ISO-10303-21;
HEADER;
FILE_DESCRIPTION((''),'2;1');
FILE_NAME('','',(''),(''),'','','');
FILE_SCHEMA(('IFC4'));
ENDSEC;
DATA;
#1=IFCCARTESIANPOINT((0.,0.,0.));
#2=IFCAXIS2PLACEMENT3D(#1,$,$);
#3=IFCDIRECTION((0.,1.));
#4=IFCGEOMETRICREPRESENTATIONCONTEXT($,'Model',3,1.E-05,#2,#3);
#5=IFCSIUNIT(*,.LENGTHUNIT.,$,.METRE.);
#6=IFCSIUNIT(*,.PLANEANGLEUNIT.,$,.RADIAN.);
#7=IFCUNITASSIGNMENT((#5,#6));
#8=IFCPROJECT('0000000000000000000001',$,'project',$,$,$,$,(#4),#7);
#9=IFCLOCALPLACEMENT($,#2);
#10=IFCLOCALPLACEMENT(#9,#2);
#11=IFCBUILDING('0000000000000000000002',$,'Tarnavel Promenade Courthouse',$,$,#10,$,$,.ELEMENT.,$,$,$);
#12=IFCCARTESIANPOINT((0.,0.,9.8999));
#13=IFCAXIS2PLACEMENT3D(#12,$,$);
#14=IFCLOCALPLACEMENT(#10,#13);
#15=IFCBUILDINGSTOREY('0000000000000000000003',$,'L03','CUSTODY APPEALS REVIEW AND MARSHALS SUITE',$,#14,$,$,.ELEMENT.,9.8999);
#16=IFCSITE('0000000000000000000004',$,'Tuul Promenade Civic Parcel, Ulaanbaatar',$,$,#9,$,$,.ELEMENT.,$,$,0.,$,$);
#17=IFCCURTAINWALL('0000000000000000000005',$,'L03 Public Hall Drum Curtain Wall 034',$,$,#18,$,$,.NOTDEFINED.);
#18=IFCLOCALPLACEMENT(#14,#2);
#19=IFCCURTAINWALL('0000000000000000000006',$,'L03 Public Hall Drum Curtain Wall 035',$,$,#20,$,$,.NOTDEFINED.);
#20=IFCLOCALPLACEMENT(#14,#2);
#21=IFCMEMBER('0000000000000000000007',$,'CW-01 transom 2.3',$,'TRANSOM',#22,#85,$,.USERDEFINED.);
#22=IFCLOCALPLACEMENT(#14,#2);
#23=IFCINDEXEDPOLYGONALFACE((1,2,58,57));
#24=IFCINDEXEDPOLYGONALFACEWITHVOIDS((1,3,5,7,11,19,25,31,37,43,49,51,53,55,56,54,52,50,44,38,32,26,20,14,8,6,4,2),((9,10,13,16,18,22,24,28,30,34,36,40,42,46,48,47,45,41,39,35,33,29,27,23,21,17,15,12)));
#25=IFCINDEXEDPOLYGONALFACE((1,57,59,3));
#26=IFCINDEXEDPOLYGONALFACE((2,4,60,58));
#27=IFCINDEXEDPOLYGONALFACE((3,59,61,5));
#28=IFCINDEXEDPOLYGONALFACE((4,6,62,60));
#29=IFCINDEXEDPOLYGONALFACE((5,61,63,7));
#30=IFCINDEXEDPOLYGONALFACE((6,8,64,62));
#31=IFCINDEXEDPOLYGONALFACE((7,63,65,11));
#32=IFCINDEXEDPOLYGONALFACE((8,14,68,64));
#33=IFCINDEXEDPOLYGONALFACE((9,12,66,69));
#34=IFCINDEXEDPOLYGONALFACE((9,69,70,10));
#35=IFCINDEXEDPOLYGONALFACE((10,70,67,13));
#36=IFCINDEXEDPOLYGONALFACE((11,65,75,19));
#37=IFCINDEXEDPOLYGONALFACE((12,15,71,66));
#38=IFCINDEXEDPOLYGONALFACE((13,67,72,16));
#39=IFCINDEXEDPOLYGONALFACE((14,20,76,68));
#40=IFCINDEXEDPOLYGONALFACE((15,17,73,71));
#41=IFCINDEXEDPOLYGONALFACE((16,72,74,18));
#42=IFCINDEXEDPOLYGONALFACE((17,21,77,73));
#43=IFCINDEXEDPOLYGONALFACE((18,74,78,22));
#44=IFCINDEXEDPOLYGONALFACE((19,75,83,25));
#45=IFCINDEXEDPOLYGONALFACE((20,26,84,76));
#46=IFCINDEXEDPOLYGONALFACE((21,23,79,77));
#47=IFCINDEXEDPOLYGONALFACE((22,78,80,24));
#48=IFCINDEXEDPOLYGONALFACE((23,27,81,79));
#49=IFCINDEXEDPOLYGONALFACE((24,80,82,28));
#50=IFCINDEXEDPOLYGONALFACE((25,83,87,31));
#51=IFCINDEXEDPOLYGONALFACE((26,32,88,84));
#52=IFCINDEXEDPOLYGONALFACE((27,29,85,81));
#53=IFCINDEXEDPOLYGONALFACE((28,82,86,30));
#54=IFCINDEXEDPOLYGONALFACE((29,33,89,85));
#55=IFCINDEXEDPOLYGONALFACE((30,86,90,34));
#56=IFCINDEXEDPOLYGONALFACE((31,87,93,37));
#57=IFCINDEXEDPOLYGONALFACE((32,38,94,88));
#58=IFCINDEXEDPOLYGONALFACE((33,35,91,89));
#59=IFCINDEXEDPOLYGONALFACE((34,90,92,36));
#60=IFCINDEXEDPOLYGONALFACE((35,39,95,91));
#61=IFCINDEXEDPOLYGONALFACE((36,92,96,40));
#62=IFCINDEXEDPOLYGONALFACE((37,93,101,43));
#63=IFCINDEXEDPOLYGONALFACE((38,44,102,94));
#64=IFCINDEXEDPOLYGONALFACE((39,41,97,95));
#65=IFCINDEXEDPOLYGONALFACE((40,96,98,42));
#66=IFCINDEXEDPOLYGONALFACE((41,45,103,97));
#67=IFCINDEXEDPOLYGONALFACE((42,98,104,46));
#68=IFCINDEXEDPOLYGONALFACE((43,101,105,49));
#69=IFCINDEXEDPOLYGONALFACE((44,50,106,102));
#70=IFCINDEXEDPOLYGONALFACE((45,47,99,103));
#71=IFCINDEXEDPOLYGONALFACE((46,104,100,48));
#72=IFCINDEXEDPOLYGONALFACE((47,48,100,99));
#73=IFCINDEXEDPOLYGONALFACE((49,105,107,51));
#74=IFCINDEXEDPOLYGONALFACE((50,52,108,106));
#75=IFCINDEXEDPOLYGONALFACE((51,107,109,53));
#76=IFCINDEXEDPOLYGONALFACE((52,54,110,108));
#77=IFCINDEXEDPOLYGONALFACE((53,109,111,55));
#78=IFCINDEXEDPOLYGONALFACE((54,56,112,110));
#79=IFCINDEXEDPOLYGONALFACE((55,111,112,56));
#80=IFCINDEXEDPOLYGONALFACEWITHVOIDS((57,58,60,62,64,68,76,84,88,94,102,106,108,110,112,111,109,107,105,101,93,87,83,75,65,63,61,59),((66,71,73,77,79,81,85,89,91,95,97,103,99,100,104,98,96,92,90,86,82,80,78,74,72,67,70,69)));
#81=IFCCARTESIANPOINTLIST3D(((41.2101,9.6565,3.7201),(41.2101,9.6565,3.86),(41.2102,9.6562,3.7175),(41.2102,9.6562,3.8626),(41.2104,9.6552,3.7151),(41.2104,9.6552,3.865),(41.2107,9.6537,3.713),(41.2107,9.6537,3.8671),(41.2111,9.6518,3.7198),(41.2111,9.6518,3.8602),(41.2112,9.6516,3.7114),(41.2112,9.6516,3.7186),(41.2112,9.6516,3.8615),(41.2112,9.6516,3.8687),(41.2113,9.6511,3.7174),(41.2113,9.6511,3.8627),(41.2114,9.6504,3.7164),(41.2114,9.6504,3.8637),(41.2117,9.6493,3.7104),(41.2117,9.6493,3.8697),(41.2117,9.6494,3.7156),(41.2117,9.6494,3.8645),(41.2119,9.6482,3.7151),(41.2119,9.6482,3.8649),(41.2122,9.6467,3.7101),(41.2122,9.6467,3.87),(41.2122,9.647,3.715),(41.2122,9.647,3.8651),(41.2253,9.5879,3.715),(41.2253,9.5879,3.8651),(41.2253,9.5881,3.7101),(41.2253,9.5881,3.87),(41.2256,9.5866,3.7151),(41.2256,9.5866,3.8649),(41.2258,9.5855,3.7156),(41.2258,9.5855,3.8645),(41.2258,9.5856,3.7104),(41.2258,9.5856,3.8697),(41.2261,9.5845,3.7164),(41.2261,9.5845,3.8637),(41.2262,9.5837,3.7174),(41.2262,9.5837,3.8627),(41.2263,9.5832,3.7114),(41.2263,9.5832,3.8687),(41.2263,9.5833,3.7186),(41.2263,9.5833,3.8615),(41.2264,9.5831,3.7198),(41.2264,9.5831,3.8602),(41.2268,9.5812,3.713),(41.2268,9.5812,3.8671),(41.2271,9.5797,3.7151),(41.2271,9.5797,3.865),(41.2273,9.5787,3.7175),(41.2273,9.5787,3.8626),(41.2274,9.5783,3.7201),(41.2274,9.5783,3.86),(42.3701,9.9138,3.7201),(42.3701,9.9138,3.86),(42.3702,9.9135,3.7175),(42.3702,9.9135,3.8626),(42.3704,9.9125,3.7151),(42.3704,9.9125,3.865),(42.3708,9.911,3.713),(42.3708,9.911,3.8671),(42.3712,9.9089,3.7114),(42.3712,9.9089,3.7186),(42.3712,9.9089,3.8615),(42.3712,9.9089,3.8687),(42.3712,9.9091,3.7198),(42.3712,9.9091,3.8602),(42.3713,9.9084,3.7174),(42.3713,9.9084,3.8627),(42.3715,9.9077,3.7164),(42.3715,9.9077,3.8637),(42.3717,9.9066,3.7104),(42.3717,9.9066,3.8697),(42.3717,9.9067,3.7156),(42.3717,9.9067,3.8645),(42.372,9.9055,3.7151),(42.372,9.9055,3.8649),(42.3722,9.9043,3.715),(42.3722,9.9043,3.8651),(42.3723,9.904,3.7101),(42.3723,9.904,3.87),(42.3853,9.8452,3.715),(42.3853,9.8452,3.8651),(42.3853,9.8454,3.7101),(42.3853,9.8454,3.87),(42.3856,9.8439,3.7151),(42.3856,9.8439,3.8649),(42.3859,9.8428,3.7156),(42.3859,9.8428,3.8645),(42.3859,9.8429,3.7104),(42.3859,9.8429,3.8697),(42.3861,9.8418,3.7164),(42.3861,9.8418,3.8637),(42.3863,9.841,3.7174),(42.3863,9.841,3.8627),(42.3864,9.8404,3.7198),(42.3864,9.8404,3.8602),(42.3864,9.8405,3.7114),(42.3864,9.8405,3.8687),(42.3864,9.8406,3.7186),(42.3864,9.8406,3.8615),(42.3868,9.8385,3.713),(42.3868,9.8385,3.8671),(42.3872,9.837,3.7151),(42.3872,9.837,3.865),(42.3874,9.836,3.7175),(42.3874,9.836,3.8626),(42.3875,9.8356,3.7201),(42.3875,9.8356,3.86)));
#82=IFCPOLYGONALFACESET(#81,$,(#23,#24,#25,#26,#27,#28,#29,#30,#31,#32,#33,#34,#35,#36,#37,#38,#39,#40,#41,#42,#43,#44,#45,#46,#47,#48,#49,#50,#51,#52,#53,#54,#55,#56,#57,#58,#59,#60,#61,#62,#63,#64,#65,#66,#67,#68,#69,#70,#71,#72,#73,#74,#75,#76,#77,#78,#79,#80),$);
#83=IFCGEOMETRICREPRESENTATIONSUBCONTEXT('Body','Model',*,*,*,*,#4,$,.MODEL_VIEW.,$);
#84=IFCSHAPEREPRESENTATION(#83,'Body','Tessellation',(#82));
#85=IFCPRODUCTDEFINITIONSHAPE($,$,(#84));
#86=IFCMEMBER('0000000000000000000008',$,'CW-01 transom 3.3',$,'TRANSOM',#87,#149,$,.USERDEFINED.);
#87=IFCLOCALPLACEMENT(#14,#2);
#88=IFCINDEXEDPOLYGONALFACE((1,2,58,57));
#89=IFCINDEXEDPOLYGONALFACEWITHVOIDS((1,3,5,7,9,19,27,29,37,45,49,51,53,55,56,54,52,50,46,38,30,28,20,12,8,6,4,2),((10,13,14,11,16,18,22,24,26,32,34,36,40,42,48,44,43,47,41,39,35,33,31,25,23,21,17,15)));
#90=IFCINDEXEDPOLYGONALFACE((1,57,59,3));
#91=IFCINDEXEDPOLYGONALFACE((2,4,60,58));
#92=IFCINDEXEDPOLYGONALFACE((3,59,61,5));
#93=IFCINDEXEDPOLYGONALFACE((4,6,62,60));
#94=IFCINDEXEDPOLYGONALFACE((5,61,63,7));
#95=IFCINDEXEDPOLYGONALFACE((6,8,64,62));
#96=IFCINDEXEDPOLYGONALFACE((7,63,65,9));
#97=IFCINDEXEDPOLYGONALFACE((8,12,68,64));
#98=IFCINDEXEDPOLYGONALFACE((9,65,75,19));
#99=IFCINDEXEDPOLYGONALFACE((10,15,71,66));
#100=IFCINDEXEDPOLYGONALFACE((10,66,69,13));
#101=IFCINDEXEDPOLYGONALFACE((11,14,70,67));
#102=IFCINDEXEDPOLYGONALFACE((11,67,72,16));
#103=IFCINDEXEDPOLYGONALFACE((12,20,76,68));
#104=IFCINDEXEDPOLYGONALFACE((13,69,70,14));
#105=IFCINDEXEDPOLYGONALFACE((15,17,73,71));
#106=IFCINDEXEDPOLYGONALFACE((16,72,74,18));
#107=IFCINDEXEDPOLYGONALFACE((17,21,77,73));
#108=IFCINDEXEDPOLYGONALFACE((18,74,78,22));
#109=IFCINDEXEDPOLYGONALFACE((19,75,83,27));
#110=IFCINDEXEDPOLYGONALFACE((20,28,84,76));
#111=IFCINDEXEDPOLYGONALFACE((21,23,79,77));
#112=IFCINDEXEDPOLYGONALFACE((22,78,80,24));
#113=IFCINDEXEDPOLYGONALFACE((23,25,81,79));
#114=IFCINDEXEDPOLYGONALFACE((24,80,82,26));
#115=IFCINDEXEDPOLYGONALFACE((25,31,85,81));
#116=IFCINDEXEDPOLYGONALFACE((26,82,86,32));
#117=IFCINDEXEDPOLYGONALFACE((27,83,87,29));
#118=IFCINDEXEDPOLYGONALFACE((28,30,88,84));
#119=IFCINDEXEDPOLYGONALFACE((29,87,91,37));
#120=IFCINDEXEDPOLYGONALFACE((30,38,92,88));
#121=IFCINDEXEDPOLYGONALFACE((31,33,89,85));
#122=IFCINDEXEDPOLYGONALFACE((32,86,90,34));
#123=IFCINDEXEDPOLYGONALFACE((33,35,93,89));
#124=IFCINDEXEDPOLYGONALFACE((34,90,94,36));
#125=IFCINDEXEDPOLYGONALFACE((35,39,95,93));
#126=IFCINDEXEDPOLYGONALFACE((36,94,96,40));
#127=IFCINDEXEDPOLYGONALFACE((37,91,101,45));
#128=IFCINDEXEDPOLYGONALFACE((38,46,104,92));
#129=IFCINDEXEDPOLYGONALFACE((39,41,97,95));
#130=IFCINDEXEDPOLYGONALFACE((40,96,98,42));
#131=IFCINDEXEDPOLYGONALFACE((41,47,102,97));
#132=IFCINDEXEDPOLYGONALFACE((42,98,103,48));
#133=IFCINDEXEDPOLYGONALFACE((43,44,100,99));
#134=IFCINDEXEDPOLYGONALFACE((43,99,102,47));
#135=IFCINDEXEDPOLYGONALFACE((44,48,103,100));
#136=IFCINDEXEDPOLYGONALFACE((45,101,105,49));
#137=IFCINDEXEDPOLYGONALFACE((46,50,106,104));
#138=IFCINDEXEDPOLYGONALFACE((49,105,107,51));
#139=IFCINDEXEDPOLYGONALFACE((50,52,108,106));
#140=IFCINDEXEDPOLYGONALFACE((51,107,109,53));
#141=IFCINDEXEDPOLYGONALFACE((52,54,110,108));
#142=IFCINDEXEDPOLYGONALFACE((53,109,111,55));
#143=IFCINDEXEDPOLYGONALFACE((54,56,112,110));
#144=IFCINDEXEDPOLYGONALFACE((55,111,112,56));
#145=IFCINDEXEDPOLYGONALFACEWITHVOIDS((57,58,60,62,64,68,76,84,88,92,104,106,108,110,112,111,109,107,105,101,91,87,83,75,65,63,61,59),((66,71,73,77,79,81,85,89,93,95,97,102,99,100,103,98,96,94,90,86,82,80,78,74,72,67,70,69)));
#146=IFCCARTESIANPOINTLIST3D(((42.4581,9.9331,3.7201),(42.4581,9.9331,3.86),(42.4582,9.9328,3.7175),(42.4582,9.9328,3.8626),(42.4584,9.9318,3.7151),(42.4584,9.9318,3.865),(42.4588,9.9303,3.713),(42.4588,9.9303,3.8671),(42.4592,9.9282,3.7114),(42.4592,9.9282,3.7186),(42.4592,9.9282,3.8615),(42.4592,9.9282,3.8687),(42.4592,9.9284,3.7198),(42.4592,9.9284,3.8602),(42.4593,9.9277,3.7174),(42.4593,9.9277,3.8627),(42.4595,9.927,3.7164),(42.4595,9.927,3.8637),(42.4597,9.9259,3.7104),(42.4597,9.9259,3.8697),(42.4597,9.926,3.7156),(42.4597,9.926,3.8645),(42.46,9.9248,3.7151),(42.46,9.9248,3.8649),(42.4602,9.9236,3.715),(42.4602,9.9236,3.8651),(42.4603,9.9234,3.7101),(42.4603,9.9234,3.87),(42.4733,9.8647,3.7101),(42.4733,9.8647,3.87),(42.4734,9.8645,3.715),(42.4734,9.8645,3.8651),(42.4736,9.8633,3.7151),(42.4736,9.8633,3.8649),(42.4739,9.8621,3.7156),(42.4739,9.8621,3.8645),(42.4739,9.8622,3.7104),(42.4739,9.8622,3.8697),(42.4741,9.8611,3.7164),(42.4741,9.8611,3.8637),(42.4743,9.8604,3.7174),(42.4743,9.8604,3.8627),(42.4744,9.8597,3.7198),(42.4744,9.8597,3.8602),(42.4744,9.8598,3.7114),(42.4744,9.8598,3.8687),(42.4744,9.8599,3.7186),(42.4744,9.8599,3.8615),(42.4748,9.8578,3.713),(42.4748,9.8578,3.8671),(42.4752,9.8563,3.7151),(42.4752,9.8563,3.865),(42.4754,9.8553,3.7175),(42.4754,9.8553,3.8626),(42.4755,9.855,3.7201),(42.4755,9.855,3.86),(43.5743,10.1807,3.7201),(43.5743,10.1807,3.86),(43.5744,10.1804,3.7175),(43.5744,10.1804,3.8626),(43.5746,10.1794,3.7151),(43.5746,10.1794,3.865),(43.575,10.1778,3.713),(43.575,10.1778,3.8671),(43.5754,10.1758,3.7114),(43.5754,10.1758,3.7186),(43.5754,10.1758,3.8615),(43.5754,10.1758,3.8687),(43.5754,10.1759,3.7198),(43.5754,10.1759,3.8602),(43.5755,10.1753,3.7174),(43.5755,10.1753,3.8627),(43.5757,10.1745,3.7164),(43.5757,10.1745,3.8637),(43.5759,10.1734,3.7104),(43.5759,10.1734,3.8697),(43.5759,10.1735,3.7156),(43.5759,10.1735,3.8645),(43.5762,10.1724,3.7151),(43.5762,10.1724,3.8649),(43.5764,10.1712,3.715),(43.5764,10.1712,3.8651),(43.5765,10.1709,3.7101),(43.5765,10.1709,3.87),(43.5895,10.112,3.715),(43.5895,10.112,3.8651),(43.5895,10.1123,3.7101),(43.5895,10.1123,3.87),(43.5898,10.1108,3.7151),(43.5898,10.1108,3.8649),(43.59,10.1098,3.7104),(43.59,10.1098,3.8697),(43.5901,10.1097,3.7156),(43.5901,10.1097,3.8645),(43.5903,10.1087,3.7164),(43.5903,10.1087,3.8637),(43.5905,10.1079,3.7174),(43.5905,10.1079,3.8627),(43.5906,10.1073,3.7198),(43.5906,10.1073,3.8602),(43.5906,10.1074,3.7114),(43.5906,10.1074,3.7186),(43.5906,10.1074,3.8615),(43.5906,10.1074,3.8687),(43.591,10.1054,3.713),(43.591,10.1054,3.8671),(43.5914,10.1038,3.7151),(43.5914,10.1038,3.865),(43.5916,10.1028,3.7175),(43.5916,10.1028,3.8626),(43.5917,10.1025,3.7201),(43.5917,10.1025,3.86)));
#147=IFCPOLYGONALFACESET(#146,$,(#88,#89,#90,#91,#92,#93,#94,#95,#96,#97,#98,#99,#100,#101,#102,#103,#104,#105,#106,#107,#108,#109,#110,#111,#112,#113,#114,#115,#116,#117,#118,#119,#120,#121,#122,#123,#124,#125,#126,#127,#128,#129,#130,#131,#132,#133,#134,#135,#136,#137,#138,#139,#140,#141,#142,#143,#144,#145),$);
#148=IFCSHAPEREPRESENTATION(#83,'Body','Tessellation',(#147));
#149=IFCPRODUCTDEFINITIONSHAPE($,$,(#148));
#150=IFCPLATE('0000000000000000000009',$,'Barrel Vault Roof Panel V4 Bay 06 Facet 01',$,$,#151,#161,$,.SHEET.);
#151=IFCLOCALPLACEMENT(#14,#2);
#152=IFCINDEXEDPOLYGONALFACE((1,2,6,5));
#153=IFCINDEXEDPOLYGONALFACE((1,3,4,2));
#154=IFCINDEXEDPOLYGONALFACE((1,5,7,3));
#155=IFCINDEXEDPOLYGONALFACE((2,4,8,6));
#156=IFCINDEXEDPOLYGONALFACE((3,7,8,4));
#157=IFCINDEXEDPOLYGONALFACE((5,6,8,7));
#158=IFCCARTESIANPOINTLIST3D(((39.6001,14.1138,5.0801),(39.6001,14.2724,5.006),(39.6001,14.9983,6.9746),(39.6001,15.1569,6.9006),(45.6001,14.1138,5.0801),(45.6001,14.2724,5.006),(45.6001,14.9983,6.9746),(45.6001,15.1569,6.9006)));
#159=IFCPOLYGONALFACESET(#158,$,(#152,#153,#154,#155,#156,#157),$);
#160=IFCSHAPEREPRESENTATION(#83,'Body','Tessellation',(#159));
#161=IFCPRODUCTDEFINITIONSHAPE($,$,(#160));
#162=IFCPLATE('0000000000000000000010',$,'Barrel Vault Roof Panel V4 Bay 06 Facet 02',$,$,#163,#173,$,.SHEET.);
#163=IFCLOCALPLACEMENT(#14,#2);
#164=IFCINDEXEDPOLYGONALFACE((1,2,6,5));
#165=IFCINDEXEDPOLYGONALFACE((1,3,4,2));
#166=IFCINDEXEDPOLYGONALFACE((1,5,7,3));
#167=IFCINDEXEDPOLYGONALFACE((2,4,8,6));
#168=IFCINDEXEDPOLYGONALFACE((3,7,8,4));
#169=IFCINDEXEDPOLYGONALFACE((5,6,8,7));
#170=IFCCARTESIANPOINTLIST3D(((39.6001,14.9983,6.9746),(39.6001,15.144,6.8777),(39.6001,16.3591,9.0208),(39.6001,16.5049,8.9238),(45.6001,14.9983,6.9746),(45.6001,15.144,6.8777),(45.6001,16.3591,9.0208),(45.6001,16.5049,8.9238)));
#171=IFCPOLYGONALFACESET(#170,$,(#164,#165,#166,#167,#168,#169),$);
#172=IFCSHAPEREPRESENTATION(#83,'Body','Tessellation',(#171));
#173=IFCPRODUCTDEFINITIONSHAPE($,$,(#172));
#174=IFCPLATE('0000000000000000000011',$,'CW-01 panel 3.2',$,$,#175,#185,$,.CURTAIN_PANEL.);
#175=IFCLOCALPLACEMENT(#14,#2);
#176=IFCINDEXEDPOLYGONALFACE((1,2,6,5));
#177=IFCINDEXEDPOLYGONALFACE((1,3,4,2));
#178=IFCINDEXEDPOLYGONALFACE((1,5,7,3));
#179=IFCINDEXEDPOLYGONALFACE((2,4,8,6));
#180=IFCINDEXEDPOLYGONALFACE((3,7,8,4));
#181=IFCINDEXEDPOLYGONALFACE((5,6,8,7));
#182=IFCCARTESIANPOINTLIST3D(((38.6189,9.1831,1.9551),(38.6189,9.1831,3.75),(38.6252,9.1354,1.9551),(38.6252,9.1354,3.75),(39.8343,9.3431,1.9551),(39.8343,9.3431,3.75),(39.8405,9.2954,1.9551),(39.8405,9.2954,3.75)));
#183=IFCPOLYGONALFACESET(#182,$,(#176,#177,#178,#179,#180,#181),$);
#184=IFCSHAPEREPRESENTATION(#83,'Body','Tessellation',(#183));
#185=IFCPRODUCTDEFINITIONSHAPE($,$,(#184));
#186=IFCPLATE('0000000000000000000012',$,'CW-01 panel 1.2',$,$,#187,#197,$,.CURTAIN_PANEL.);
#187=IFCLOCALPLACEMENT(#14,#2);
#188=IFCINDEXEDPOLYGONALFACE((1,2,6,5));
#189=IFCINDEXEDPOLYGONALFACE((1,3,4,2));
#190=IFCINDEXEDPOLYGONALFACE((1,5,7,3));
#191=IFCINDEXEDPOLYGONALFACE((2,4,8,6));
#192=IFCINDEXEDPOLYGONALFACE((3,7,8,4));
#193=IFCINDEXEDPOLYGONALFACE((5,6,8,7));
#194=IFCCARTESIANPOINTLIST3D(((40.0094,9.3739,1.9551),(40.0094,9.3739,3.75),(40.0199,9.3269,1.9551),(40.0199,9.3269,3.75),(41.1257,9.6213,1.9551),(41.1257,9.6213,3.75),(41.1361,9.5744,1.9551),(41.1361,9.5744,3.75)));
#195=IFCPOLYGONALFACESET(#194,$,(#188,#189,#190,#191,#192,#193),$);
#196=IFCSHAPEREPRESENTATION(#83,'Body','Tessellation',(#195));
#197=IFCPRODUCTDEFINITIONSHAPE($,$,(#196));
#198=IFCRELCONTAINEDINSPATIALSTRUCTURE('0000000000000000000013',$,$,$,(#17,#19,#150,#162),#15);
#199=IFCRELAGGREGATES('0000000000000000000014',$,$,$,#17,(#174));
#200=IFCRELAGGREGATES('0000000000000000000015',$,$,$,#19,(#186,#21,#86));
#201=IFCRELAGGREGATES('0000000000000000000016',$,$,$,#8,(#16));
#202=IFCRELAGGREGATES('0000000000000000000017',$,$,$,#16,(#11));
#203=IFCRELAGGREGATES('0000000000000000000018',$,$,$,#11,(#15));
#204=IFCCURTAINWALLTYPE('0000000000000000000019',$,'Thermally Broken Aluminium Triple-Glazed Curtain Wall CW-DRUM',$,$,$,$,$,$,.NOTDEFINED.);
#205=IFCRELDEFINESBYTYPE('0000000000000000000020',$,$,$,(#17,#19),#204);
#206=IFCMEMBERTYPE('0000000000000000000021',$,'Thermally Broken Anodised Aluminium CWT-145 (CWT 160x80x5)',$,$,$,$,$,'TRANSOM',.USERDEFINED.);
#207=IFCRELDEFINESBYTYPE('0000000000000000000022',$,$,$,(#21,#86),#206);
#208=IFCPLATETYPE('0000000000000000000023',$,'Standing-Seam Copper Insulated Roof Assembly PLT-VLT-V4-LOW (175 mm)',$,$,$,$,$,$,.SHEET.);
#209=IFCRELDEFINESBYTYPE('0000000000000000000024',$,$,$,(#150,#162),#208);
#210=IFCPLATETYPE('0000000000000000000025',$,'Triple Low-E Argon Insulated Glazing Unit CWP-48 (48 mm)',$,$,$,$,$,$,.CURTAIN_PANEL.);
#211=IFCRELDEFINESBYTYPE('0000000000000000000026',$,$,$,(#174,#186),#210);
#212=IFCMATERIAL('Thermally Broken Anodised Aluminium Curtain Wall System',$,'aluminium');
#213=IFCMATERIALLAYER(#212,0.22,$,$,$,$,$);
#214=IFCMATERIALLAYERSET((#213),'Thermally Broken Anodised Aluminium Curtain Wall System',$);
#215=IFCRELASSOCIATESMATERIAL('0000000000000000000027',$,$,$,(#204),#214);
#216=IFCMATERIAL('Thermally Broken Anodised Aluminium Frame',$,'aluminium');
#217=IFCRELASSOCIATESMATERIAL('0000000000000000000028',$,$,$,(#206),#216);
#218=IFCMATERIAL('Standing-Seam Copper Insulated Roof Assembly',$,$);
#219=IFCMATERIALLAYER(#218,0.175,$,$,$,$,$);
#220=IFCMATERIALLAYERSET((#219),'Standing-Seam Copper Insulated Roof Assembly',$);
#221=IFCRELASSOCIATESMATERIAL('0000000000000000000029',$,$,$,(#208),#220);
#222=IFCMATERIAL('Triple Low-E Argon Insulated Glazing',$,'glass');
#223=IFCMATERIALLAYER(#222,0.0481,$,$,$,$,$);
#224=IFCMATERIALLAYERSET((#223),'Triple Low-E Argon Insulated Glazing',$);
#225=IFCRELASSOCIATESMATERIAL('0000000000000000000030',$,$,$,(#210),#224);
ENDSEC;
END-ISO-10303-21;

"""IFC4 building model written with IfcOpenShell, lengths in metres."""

from ifc_helpers import new_model, si_unit, direction, frame, origin, origin_2d, place, context, subcontext, project, spatial, polyline, rectangle, hollow_rectangle, outline, extrude, material, layer, layer_set, material_profile, profile_set, type_object, element, aggregate, save


model = new_model("IFC4")

# Units and contexts
model_context = context("Model", 3, precision=1e-05, world=origin(), true_north=direction((0.0, 1.0)))
body_context = subcontext(model_context, "Body", "Model", "MODEL_VIEW")
ifc_project = project(units=[si_unit("LENGTHUNIT", "METRE"), si_unit("PLANEANGLEUNIT", "RADIAN")], contexts=[model_context])

# Site, building, storey
site_placement = place(None, origin())
site = spatial("IfcSite", under=ifc_project, at=site_placement, Name="Tuul Promenade Civic Parcel, Ulaanbaatar", CompositionType="ELEMENT", RefElevation=0.0)
building_placement = place(site_placement, origin())
building = spatial("IfcBuilding", under=site, at=building_placement, Name="Tarnavel Promenade Courthouse", CompositionType="ELEMENT")
storey_placement = place(building_placement, frame((0.0, 0.0, 9.8999)))
storey = spatial("IfcBuildingStorey", under=building, at=storey_placement, Name="L03", Description="CUSTODY APPEALS REVIEW AND MARSHALS SUITE", CompositionType="ELEMENT", Elevation=9.8999)

# Curtain wall
ifc_material_1 = material(Name="Thermally Broken Anodised Aluminium Curtain Wall System", Category="aluminium")
ifc_layer_1 = layer(ifc_material_1, 0.22)
ifc_layer_set_1 = layer_set([ifc_layer_1], Name="Thermally Broken Anodised Aluminium Curtain Wall System")
curtain_wall_type = type_object("IfcCurtainWallType", Name="Thermally Broken Aluminium Triple-Glazed Curtain Wall CW-DRUM", PredefinedType="NOTDEFINED", material=ifc_layer_set_1)
curtain_wall_1_placement = place(storey_placement, origin())
curtain_wall_1 = element("IfcCurtainWall", 1, at=curtain_wall_1_placement, inside=storey, type_object=curtain_wall_type, Name="L03 Public Hall Drum Curtain Wall 034", PredefinedType="NOTDEFINED")
ifc_material_2 = material(Name="Thermally Broken Anodised Aluminium Frame", Category="aluminium")
ifc_material_profile_1 = material_profile(ifc_material_2, hollow_rectangle(XDim=0.0801, YDim=0.1599, WallThickness=0.0049, InnerFilletRadius=0.0049, OuterFilletRadius=0.01, at=origin_2d()), Name="CWT 160x80x5")
ifc_profile_set_1 = profile_set([ifc_material_profile_1], Name="Thermally Broken Anodised Aluminium Frame")
member_type_1 = type_object("IfcMemberType", Name="Thermally Broken Anodised Aluminium CWT-145 (CWT 160x80x5)", ElementType="TRANSOM", PredefinedType="USERDEFINED", material=ifc_profile_set_1)

# Curtain wall, members
curtain_wall_2_placement = place(storey_placement, origin())
curtain_wall_2 = element("IfcCurtainWall", 2, at=curtain_wall_2_placement, inside=storey, type_object=curtain_wall_type, Name="L03 Public Hall Drum Curtain Wall 035", PredefinedType="NOTDEFINED")
member_1_placement = place(storey_placement, frame((41.2188, 9.6174, 3.79), z_axis=(0.976274, 0.216539, 0.0), x_axis=(-0.216539, 0.976274, 0.0)))
member_1 = element("IfcMember", 3, at=member_1_placement, type_object=member_type_1, Name="CW-01 transom 2.3", ObjectType="TRANSOM", PredefinedType="USERDEFINED", context=body_context, shape_type="SweptSolid", body=[
    extrude(hollow_rectangle(XDim=0.0801, YDim=0.1599, WallThickness=0.0049, InnerFilletRadius=0.0049, OuterFilletRadius=0.01, at=origin_2d()), origin(), (0.0, 0.0, 1.0), 1.1882),
])
member_2_placement = place(storey_placement, frame((42.4668, 9.894, 3.79), z_axis=(0.976277, 0.216523, 0.0), x_axis=(-0.216523, 0.976277, 0.0)))
member_2 = element("IfcMember", 4, at=member_2_placement, type_object=member_type_1, Name="CW-01 transom 3.3", ObjectType="TRANSOM", PredefinedType="USERDEFINED", context=body_context, shape_type="SweptSolid", body=[
    extrude(hollow_rectangle(XDim=0.0801, YDim=0.1599, WallThickness=0.0049, InnerFilletRadius=0.0049, OuterFilletRadius=0.01, at=origin_2d()), origin(), (0.0, 0.0, 1.0), 1.1433),
])

# Plates
ifc_material_3 = material(Name="Standing-Seam Copper Insulated Roof Assembly")
ifc_layer_2 = layer(ifc_material_3, 0.175)
ifc_layer_set_2 = layer_set([ifc_layer_2], Name="Standing-Seam Copper Insulated Roof Assembly")
plate_type_1 = type_object("IfcPlateType", Name="Standing-Seam Copper Insulated Roof Assembly PLT-VLT-V4-LOW (175 mm)", PredefinedType="SHEET", material=ifc_layer_set_2)
plate_1_placement = place(storey_placement, frame((39.6001, 14.1138, 5.0801), z_axis=(0.0, -0.906109, 0.423045), x_axis=(1.0, 0.0, 0.0)))
element("IfcPlate", 5, at=plate_1_placement, inside=storey, type_object=plate_type_1, Name="Barrel Vault Roof Panel V4 Bay 06 Facet 01", PredefinedType="SHEET", context=body_context, shape_type="SweptSolid", body=[
    extrude(outline(polyline([(0.0, 0.0), (6.0, 0.0), (6.0, 2.0908), (0.0, 2.0908), (0.0, 0.0)])), origin(), (0.0, 0.0, -1.0), 0.175),
])
plate_2_placement = place(storey_placement, frame((39.6001, 14.9983, 6.9746), z_axis=(0.0, -0.832661, 0.553783), x_axis=(1.0, 0.0, 0.0)))
element("IfcPlate", 6, at=plate_2_placement, inside=storey, type_object=plate_type_1, Name="Barrel Vault Roof Panel V4 Bay 06 Facet 02", PredefinedType="SHEET", context=body_context, shape_type="SweptSolid", body=[
    extrude(outline(polyline([(0.0, 0.0), (6.0, 0.0), (6.0, 2.4574), (0.0, 2.4574), (0.0, 0.0)])), origin(), (0.0, 0.0, -1.0), 0.175),
])

# Plates
ifc_material_4 = material(Name="Triple Low-E Argon Insulated Glazing", Category="glass")
ifc_layer_3 = layer(ifc_material_4, 0.0481)
ifc_layer_set_3 = layer_set([ifc_layer_3], Name="Triple Low-E Argon Insulated Glazing")
plate_type_2 = type_object("IfcPlateType", Name="Triple Low-E Argon Insulated Glazing Unit CWP-48 (48 mm)", PredefinedType="CURTAIN_PANEL", material=ifc_layer_set_3)
plate_3_placement = place(storey_placement, frame((39.2297, 9.2393, 1.9551), z_axis=(0.0, 0.0, 1.0), x_axis=(0.991445, 0.130526, 0.0)))
plate_3 = element("IfcPlate", 7, at=plate_3_placement, type_object=plate_type_2, Name="CW-01 panel 3.2", PredefinedType="CURTAIN_PANEL", context=body_context, shape_type="SweptSolid", body=[
    extrude(rectangle(XDim=1.2258, YDim=0.0481, at=origin_2d()), origin(), (0.0, 0.0, 1.0), 1.7949),
])
aggregate(curtain_wall_1, [plate_3])
plate_4_placement = place(storey_placement, frame((40.5728, 9.4741, 1.9551), z_axis=(0.0, 0.0, 1.0), x_axis=(0.976296, 0.216439, 0.0)))
plate_4 = element("IfcPlate", 8, at=plate_4_placement, type_object=plate_type_2, Name="CW-01 panel 1.2", PredefinedType="CURTAIN_PANEL", context=body_context, shape_type="SweptSolid", body=[
    extrude(rectangle(XDim=1.1433, YDim=0.0481, at=origin_2d()), origin(), (0.0, 0.0, 1.0), 1.7949),
])
aggregate(curtain_wall_2, [plate_4, member_1, member_2])

save(model, "model.ifc")
